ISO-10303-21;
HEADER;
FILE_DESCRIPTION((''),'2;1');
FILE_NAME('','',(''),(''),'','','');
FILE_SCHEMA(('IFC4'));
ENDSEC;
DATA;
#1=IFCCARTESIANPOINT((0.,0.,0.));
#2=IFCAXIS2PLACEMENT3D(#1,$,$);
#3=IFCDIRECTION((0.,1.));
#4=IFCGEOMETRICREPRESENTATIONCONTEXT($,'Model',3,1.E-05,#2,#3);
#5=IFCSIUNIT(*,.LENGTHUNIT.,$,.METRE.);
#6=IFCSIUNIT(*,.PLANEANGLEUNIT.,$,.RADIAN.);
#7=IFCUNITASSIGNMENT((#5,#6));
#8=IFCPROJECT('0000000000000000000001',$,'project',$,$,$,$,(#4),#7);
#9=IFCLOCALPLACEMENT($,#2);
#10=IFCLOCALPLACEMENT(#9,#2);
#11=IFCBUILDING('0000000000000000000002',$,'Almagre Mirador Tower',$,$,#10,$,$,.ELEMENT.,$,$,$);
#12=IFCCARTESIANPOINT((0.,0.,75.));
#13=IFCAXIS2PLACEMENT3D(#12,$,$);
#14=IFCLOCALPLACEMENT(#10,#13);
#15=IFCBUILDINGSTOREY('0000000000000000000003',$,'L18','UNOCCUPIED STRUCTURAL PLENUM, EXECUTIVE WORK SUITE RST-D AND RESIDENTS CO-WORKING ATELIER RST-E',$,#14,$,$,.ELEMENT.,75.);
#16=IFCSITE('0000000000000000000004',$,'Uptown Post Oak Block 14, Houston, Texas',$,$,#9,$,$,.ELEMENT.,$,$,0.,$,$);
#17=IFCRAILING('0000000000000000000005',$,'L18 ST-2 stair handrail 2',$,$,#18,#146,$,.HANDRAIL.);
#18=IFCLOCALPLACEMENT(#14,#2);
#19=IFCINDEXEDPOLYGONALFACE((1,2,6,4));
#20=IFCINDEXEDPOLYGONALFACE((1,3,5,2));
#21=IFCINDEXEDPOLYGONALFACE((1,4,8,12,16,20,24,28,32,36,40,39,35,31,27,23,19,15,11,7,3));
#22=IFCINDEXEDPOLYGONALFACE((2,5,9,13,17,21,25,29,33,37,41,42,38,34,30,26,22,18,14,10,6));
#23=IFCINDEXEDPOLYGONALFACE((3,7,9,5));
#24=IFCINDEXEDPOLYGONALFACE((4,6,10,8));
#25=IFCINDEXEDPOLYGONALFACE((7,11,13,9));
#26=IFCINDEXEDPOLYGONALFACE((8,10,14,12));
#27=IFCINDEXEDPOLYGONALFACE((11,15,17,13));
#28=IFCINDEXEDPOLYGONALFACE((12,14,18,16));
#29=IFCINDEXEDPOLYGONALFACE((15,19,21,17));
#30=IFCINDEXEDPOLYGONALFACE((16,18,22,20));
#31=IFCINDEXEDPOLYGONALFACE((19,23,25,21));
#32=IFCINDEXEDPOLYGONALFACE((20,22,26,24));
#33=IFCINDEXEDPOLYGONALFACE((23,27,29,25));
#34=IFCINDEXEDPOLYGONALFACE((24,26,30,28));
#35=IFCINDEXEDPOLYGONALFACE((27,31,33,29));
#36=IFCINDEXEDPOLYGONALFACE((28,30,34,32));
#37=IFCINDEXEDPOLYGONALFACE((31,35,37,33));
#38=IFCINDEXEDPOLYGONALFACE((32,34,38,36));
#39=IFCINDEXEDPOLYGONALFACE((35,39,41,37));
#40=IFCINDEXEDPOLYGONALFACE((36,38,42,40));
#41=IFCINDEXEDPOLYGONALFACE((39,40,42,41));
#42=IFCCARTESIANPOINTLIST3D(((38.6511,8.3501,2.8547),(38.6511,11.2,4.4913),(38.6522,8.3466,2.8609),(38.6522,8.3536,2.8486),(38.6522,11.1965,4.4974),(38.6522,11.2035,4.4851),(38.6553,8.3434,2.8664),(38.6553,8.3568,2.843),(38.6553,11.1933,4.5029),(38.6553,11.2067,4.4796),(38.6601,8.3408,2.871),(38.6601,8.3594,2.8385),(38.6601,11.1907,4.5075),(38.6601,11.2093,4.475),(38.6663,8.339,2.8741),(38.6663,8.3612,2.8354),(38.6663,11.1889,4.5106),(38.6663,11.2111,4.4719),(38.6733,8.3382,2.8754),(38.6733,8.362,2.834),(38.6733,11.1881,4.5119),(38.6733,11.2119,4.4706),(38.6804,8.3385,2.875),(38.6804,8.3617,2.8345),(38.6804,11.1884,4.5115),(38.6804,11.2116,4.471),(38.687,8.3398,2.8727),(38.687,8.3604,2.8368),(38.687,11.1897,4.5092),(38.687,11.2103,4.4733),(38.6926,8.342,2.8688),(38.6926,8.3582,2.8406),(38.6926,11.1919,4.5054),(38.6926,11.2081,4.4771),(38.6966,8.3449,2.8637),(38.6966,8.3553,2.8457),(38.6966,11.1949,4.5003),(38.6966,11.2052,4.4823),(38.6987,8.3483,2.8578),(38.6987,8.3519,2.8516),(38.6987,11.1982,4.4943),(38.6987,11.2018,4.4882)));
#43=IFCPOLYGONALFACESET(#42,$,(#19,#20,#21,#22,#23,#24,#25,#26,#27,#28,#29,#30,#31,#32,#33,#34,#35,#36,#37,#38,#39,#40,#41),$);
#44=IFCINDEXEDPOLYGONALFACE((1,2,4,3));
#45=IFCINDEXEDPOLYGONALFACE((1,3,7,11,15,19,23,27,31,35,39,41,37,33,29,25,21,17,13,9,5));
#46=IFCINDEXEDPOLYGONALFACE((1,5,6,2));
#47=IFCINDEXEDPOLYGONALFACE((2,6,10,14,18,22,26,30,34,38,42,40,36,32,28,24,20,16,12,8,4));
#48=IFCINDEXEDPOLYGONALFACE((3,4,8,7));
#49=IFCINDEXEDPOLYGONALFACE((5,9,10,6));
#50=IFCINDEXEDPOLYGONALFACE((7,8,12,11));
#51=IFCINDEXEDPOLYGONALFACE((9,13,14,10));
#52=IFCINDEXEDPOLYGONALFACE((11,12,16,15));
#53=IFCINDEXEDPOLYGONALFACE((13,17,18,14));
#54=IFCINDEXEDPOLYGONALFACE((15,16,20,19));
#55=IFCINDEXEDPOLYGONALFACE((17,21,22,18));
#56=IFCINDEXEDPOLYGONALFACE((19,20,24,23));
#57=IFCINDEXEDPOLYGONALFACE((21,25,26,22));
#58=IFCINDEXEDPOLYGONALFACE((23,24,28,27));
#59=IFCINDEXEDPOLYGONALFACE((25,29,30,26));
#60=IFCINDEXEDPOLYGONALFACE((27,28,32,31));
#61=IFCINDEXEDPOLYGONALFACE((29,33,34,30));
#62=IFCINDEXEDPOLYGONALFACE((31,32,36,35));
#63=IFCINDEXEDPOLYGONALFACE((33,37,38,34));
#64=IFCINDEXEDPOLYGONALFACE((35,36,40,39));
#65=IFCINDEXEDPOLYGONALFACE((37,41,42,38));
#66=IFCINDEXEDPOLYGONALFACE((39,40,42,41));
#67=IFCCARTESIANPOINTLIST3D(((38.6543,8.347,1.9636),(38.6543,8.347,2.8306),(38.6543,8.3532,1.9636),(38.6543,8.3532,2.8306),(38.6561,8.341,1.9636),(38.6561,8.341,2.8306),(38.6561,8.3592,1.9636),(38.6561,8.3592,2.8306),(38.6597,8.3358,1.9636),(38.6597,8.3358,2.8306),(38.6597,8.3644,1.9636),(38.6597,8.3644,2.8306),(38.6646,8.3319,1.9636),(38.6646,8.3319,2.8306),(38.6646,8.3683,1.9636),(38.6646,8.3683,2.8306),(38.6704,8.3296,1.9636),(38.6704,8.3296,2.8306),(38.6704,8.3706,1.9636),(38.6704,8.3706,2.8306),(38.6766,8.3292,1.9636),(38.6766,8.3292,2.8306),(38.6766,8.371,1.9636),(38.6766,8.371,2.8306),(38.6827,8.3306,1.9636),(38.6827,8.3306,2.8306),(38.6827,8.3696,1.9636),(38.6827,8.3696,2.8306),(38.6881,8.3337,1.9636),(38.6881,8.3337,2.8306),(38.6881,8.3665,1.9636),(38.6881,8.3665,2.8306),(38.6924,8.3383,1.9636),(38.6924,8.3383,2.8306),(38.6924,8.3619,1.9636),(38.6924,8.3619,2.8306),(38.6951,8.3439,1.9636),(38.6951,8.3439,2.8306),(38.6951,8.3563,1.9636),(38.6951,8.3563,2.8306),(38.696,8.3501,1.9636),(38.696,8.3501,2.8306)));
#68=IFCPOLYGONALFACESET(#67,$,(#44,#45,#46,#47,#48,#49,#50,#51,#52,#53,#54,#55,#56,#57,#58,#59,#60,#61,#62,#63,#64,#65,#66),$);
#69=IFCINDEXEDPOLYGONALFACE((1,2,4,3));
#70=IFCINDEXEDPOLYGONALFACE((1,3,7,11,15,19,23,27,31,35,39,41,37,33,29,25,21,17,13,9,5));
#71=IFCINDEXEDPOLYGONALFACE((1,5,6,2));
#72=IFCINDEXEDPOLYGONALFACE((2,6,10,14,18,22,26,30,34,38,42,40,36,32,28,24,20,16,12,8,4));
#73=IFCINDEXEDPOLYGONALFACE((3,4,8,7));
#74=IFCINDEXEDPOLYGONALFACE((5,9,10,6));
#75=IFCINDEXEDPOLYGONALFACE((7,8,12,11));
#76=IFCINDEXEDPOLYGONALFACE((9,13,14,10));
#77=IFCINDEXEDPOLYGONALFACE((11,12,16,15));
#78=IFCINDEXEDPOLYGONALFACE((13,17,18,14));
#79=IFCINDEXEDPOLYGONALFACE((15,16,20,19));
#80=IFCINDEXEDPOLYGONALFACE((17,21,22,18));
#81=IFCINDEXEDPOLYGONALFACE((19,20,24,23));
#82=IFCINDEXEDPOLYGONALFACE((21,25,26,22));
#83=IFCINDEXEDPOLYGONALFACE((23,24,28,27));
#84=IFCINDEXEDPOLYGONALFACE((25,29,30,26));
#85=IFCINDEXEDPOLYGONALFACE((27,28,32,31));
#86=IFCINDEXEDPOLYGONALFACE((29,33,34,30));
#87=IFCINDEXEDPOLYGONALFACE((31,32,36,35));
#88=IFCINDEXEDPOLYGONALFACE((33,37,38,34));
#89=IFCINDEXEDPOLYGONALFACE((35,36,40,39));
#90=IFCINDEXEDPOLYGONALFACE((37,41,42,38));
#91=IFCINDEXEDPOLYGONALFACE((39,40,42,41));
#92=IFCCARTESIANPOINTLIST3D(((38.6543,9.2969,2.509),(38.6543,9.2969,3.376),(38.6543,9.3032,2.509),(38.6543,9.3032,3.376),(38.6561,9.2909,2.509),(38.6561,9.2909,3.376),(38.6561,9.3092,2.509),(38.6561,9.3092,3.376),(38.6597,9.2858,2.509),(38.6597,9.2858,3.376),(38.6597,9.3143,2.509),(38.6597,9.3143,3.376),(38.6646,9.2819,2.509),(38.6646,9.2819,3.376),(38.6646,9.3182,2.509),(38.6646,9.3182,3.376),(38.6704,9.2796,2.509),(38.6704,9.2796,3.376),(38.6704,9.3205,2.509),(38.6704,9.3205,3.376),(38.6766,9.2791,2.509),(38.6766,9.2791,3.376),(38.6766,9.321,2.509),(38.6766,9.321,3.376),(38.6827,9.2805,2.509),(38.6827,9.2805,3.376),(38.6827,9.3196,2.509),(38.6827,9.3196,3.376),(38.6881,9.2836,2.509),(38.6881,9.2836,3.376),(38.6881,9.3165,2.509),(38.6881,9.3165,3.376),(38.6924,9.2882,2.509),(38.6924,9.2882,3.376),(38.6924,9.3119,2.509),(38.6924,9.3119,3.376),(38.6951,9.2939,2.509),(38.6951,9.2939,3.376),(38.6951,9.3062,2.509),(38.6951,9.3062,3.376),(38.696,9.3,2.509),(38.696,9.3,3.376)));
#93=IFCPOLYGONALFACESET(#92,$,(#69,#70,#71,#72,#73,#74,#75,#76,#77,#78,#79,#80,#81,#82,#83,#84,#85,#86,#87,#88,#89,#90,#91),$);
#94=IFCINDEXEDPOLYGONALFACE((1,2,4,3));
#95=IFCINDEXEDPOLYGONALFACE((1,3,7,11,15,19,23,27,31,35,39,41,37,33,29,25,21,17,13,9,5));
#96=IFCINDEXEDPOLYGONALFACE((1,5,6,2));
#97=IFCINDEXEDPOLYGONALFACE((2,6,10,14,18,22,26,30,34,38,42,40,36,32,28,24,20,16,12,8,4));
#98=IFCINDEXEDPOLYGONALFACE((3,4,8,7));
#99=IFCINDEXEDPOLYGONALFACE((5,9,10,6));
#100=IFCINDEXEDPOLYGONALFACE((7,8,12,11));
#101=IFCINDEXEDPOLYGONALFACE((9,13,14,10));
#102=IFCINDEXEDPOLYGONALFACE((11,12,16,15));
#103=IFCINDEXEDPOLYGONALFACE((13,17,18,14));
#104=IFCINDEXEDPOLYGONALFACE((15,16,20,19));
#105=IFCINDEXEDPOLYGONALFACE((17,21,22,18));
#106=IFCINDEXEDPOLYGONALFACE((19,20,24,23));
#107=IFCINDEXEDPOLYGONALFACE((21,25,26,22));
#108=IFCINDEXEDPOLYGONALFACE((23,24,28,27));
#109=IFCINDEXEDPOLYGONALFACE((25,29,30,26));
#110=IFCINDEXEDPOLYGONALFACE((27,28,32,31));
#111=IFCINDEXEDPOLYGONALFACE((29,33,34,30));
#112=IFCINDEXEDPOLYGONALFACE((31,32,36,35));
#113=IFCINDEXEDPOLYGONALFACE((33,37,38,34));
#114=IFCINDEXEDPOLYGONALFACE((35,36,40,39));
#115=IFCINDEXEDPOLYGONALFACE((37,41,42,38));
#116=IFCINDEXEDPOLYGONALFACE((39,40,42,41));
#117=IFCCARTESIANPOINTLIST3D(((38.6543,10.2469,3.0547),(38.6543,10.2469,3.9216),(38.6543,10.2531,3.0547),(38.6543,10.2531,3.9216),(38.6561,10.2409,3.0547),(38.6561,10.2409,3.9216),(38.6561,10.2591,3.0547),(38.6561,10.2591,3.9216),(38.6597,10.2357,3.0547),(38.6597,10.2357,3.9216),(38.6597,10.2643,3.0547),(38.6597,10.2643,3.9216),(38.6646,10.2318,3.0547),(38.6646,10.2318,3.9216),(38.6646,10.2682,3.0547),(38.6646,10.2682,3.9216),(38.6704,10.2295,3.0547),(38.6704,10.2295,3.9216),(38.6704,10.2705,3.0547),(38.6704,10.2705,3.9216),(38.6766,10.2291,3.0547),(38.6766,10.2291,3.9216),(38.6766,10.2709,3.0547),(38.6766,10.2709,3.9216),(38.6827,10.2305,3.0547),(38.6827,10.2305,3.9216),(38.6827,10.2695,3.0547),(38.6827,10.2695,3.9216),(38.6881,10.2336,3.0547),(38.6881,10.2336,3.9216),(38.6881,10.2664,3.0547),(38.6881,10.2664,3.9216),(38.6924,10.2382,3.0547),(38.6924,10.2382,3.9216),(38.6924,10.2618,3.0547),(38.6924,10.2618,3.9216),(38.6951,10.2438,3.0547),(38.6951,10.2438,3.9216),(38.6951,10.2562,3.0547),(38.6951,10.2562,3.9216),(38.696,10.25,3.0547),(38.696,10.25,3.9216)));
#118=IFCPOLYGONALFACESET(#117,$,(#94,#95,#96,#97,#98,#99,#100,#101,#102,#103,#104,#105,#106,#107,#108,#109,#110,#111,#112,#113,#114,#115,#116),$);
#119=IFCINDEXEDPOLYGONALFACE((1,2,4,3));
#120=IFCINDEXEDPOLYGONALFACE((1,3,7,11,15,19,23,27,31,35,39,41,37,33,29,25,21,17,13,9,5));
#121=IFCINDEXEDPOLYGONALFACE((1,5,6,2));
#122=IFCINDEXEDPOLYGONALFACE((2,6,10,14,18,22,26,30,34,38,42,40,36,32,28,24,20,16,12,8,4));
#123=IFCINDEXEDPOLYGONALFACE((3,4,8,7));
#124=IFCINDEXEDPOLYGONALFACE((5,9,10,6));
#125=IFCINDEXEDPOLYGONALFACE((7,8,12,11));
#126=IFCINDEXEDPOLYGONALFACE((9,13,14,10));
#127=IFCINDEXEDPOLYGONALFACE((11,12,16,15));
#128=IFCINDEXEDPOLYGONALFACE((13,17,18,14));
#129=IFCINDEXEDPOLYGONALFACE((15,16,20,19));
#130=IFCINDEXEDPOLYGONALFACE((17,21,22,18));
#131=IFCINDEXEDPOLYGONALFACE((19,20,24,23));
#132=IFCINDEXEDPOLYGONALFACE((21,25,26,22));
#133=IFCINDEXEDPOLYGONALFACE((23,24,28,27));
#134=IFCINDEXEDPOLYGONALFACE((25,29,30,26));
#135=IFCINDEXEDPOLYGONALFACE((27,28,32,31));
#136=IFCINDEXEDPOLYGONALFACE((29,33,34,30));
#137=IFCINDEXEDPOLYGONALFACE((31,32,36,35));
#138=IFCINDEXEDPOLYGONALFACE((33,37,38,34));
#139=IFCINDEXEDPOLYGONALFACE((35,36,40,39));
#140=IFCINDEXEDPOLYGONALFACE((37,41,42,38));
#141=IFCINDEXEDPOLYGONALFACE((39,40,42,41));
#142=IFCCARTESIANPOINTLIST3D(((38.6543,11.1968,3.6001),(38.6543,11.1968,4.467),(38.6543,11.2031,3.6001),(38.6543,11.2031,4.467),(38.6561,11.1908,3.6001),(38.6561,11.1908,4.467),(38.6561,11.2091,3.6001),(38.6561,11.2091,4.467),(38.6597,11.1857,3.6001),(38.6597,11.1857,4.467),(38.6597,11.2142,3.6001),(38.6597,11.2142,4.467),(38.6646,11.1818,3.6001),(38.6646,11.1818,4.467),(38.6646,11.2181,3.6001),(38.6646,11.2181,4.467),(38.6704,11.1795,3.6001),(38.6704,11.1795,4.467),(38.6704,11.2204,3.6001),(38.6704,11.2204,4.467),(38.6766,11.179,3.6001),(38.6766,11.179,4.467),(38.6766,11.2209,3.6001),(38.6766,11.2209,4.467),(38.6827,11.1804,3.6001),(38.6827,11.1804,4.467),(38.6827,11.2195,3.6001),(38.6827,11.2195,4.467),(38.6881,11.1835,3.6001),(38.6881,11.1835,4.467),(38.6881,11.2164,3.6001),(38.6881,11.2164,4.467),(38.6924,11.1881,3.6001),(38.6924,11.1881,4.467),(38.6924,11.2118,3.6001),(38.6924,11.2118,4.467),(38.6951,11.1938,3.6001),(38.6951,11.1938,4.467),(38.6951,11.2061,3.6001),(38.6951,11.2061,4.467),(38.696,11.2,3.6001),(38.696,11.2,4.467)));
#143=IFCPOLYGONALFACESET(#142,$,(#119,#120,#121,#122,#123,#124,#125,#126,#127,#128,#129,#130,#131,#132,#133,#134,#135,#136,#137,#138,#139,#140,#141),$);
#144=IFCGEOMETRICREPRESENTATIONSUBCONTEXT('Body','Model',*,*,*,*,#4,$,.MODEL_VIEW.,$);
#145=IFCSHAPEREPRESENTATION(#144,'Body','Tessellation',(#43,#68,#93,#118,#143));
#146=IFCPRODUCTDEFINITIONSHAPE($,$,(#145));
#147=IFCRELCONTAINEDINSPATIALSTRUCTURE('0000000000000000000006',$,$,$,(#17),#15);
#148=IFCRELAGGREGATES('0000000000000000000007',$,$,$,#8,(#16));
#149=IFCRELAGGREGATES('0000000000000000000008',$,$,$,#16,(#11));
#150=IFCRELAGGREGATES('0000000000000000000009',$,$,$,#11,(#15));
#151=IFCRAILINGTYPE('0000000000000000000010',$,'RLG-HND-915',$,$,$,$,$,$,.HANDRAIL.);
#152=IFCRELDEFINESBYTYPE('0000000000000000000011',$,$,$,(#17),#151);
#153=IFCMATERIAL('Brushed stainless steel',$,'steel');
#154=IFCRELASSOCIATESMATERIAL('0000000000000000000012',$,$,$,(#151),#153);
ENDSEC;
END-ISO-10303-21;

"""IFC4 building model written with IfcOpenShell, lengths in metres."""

from ifc_helpers import new_model, si_unit, direction, frame, origin, origin_2d, place, context, subcontext, project, spatial, circle, extrude, material, type_object, element, save


model = new_model("IFC4")

# Units and contexts
model_context = context("Model", 3, precision=1e-05, world=origin(), true_north=direction((0.0, 1.0)))
body_context = subcontext(model_context, "Body", "Model", "MODEL_VIEW")
ifc_project = project(units=[si_unit("LENGTHUNIT", "METRE"), si_unit("PLANEANGLEUNIT", "RADIAN")], contexts=[model_context])

# Site, building, storey
site_placement = place(None, origin())
site = spatial("IfcSite", under=ifc_project, at=site_placement, Name="Uptown Post Oak Block 14, Houston, Texas", CompositionType="ELEMENT", RefElevation=0.0)
building_placement = place(site_placement, origin())
building = spatial("IfcBuilding", under=site, at=building_placement, Name="Almagre Mirador Tower", CompositionType="ELEMENT")
storey_placement = place(building_placement, frame((0.0, 0.0, 75.0)))
storey = spatial("IfcBuildingStorey", under=building, at=storey_placement, Name="L18", Description="UNOCCUPIED STRUCTURAL PLENUM, EXECUTIVE WORK SUITE RST-D AND RESIDENTS CO-WORKING ATELIER RST-E", CompositionType="ELEMENT", Elevation=75.0)

# Railing
ifc_material_1 = material(Name="Brushed stainless steel", Category="steel")
railing_type_1 = type_object("IfcRailingType", Name="RLG-HND-915", PredefinedType="HANDRAIL", material=ifc_material_1)
railing_1_placement = place(storey_placement, frame((38.675, 8.3501, 1.9636)))
element("IfcRailing", 1, at=railing_1_placement, inside=storey, type_object=railing_type_1, Name="L18 ST-2 stair handrail 2", PredefinedType="HANDRAIL", context=body_context, shape_type="SweptSolid", body=[
    extrude(circle(Radius=0.0239, at=origin_2d()), frame((0.0, 0.0, 0.8911), z_axis=(0.0, 0.867194, 0.49797), x_axis=(-1.0, 0.0, 0.0)), (0.0, 0.0, 1.0), 3.2864),
    extrude(circle(Radius=0.021, at=origin_2d()), origin(), (0.0, 0.0, 1.0), 0.8669),
    extrude(circle(Radius=0.021, at=origin_2d()), frame((0.0, 0.95, 0.5454)), (0.0, 0.0, 1.0), 0.8669),
    extrude(circle(Radius=0.021, at=origin_2d()), frame((0.0, 1.8999, 1.0911)), (0.0, 0.0, 1.0), 0.8669),
    extrude(circle(Radius=0.021, at=origin_2d()), frame((0.0, 2.8499, 1.6365)), (0.0, 0.0, 1.0), 0.8669),
])

save(model, "model.ifc")
